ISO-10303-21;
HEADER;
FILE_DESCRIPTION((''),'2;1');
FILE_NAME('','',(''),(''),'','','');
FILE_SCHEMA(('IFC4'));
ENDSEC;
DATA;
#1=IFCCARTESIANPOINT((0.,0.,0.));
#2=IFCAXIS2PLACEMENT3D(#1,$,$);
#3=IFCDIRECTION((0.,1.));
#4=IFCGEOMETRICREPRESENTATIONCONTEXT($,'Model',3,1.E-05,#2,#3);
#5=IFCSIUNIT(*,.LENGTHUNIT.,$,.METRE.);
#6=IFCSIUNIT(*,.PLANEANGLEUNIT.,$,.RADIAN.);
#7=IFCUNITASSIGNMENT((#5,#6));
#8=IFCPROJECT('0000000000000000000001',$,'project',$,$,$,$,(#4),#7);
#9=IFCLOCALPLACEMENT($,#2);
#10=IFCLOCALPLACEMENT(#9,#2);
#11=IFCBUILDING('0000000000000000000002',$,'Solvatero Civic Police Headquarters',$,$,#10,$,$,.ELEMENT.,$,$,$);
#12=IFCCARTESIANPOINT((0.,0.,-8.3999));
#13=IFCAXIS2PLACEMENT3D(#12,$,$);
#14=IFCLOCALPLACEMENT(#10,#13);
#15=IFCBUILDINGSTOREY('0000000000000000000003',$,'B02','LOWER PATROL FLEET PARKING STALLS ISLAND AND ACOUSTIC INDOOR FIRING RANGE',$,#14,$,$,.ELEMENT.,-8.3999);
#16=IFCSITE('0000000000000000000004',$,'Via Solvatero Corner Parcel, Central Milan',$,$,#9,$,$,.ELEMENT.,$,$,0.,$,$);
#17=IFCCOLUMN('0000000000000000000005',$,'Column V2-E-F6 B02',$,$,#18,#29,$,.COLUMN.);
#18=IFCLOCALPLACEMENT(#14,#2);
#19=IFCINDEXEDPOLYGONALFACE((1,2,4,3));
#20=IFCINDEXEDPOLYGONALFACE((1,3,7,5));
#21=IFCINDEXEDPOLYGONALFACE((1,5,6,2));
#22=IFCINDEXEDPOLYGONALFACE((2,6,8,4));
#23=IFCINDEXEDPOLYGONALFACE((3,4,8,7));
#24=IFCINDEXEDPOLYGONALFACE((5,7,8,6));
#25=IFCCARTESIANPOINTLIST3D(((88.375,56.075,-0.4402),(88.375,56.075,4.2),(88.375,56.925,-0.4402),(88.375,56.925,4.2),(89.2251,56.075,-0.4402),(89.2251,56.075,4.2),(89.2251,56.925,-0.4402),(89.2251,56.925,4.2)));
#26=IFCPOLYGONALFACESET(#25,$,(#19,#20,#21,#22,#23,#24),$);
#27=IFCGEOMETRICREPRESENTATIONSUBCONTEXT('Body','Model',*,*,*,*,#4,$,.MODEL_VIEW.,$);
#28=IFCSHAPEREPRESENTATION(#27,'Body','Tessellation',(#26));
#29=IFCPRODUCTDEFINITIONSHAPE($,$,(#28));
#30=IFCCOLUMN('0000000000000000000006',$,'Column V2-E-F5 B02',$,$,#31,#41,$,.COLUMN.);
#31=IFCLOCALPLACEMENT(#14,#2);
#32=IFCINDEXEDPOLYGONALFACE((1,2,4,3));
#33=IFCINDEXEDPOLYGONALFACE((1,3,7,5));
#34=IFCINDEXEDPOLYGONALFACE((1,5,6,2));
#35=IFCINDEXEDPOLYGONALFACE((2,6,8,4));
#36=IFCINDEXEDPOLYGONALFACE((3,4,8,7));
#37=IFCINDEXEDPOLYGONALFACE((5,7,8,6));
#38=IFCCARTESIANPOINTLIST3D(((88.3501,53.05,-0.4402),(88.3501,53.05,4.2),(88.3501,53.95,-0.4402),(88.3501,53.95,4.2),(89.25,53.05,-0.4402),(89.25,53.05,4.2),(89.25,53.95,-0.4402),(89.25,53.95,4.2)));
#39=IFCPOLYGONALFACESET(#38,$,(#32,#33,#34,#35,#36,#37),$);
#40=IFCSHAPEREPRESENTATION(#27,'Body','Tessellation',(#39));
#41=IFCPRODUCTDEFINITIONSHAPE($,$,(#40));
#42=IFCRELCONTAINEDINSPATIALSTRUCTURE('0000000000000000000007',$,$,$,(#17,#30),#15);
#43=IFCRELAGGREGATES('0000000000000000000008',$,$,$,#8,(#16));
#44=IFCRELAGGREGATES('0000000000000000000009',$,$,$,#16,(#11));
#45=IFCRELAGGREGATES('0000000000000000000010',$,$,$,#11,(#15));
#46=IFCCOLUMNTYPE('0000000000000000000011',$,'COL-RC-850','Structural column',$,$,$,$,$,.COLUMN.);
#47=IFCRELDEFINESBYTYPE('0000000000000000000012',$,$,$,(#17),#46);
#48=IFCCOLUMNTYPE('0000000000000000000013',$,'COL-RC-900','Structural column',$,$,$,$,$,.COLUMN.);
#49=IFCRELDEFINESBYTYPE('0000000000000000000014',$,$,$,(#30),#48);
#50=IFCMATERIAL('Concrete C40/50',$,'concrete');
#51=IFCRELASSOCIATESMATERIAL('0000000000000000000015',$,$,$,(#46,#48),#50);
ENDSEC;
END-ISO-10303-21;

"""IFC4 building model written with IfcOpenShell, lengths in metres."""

from ifc_helpers import new_model, si_unit, direction, frame, origin, origin_2d, place, context, subcontext, project, spatial, rectangle, extrude, material, material_profile, profile_set, type_object, element, save


model = new_model("IFC4")

# Units and contexts
model_context = context("Model", 3, precision=1e-05, world=origin(), true_north=direction((0.0, 1.0)))
body_context = subcontext(model_context, "Body", "Model", "MODEL_VIEW")
ifc_project = project(units=[si_unit("LENGTHUNIT", "METRE"), si_unit("PLANEANGLEUNIT", "RADIAN")], contexts=[model_context])

# Site, building, storey
site_placement = place(None, origin())
site = spatial("IfcSite", under=ifc_project, at=site_placement, Name="Via Solvatero Corner Parcel, Central Milan", CompositionType="ELEMENT", RefElevation=0.0)
building_placement = place(site_placement, origin())
building = spatial("IfcBuilding", under=site, at=building_placement, Name="Solvatero Civic Police Headquarters", CompositionType="ELEMENT")
storey_placement = place(building_placement, frame((0.0, 0.0, -8.3999)))
storey = spatial("IfcBuildingStorey", under=building, at=storey_placement, Name="B02", Description="LOWER PATROL FLEET PARKING STALLS ISLAND AND ACOUSTIC INDOOR FIRING RANGE", CompositionType="ELEMENT", Elevation=-8.3999)

# Columns
ifc_material_1 = material(Name="Concrete C40/50", Category="concrete")
ifc_material_profile_1 = material_profile(ifc_material_1, rectangle(XDim=0.8501, YDim=0.8501, at=origin_2d()), Name="RC 850x850")
ifc_profile_set_1 = profile_set([ifc_material_profile_1], Name="Concrete C40/50")
column_type_1 = type_object("IfcColumnType", Name="COL-RC-850", Description="Structural column", PredefinedType="COLUMN", material=ifc_profile_set_1)
column_1_placement = place(storey_placement, frame((88.8, 56.5, -0.4402), z_axis=(0.0, 0.0, 1.0), x_axis=(1.0, 0.0, 0.0)))
element("IfcColumn", 1, at=column_1_placement, inside=storey, type_object=column_type_1, Name="Column V2-E-F6 B02", PredefinedType="COLUMN", context=body_context, shape_type="SweptSolid", body=[
    extrude(rectangle(XDim=0.8501, YDim=0.8501, at=origin_2d()), origin(), (0.0, 0.0, 1.0), 4.6401),
])
ifc_material_profile_2 = material_profile(ifc_material_1, rectangle(XDim=0.8999, YDim=0.8999, at=origin_2d()), Name="RC 900x900")
ifc_profile_set_2 = profile_set([ifc_material_profile_2], Name="Concrete C40/50")
column_type_2 = type_object("IfcColumnType", Name="COL-RC-900", Description="Structural column", PredefinedType="COLUMN", material=ifc_profile_set_2)
column_2_placement = place(storey_placement, frame((88.8, 53.5, -0.4402), z_axis=(0.0, 0.0, 1.0), x_axis=(1.0, 0.0, 0.0)))
element("IfcColumn", 2, at=column_2_placement, inside=storey, type_object=column_type_2, Name="Column V2-E-F5 B02", PredefinedType="COLUMN", context=body_context, shape_type="SweptSolid", body=[
    extrude(rectangle(XDim=0.8999, YDim=0.8999, at=origin_2d()), origin(), (0.0, 0.0, 1.0), 4.6401),
])

save(model, "model.ifc")
